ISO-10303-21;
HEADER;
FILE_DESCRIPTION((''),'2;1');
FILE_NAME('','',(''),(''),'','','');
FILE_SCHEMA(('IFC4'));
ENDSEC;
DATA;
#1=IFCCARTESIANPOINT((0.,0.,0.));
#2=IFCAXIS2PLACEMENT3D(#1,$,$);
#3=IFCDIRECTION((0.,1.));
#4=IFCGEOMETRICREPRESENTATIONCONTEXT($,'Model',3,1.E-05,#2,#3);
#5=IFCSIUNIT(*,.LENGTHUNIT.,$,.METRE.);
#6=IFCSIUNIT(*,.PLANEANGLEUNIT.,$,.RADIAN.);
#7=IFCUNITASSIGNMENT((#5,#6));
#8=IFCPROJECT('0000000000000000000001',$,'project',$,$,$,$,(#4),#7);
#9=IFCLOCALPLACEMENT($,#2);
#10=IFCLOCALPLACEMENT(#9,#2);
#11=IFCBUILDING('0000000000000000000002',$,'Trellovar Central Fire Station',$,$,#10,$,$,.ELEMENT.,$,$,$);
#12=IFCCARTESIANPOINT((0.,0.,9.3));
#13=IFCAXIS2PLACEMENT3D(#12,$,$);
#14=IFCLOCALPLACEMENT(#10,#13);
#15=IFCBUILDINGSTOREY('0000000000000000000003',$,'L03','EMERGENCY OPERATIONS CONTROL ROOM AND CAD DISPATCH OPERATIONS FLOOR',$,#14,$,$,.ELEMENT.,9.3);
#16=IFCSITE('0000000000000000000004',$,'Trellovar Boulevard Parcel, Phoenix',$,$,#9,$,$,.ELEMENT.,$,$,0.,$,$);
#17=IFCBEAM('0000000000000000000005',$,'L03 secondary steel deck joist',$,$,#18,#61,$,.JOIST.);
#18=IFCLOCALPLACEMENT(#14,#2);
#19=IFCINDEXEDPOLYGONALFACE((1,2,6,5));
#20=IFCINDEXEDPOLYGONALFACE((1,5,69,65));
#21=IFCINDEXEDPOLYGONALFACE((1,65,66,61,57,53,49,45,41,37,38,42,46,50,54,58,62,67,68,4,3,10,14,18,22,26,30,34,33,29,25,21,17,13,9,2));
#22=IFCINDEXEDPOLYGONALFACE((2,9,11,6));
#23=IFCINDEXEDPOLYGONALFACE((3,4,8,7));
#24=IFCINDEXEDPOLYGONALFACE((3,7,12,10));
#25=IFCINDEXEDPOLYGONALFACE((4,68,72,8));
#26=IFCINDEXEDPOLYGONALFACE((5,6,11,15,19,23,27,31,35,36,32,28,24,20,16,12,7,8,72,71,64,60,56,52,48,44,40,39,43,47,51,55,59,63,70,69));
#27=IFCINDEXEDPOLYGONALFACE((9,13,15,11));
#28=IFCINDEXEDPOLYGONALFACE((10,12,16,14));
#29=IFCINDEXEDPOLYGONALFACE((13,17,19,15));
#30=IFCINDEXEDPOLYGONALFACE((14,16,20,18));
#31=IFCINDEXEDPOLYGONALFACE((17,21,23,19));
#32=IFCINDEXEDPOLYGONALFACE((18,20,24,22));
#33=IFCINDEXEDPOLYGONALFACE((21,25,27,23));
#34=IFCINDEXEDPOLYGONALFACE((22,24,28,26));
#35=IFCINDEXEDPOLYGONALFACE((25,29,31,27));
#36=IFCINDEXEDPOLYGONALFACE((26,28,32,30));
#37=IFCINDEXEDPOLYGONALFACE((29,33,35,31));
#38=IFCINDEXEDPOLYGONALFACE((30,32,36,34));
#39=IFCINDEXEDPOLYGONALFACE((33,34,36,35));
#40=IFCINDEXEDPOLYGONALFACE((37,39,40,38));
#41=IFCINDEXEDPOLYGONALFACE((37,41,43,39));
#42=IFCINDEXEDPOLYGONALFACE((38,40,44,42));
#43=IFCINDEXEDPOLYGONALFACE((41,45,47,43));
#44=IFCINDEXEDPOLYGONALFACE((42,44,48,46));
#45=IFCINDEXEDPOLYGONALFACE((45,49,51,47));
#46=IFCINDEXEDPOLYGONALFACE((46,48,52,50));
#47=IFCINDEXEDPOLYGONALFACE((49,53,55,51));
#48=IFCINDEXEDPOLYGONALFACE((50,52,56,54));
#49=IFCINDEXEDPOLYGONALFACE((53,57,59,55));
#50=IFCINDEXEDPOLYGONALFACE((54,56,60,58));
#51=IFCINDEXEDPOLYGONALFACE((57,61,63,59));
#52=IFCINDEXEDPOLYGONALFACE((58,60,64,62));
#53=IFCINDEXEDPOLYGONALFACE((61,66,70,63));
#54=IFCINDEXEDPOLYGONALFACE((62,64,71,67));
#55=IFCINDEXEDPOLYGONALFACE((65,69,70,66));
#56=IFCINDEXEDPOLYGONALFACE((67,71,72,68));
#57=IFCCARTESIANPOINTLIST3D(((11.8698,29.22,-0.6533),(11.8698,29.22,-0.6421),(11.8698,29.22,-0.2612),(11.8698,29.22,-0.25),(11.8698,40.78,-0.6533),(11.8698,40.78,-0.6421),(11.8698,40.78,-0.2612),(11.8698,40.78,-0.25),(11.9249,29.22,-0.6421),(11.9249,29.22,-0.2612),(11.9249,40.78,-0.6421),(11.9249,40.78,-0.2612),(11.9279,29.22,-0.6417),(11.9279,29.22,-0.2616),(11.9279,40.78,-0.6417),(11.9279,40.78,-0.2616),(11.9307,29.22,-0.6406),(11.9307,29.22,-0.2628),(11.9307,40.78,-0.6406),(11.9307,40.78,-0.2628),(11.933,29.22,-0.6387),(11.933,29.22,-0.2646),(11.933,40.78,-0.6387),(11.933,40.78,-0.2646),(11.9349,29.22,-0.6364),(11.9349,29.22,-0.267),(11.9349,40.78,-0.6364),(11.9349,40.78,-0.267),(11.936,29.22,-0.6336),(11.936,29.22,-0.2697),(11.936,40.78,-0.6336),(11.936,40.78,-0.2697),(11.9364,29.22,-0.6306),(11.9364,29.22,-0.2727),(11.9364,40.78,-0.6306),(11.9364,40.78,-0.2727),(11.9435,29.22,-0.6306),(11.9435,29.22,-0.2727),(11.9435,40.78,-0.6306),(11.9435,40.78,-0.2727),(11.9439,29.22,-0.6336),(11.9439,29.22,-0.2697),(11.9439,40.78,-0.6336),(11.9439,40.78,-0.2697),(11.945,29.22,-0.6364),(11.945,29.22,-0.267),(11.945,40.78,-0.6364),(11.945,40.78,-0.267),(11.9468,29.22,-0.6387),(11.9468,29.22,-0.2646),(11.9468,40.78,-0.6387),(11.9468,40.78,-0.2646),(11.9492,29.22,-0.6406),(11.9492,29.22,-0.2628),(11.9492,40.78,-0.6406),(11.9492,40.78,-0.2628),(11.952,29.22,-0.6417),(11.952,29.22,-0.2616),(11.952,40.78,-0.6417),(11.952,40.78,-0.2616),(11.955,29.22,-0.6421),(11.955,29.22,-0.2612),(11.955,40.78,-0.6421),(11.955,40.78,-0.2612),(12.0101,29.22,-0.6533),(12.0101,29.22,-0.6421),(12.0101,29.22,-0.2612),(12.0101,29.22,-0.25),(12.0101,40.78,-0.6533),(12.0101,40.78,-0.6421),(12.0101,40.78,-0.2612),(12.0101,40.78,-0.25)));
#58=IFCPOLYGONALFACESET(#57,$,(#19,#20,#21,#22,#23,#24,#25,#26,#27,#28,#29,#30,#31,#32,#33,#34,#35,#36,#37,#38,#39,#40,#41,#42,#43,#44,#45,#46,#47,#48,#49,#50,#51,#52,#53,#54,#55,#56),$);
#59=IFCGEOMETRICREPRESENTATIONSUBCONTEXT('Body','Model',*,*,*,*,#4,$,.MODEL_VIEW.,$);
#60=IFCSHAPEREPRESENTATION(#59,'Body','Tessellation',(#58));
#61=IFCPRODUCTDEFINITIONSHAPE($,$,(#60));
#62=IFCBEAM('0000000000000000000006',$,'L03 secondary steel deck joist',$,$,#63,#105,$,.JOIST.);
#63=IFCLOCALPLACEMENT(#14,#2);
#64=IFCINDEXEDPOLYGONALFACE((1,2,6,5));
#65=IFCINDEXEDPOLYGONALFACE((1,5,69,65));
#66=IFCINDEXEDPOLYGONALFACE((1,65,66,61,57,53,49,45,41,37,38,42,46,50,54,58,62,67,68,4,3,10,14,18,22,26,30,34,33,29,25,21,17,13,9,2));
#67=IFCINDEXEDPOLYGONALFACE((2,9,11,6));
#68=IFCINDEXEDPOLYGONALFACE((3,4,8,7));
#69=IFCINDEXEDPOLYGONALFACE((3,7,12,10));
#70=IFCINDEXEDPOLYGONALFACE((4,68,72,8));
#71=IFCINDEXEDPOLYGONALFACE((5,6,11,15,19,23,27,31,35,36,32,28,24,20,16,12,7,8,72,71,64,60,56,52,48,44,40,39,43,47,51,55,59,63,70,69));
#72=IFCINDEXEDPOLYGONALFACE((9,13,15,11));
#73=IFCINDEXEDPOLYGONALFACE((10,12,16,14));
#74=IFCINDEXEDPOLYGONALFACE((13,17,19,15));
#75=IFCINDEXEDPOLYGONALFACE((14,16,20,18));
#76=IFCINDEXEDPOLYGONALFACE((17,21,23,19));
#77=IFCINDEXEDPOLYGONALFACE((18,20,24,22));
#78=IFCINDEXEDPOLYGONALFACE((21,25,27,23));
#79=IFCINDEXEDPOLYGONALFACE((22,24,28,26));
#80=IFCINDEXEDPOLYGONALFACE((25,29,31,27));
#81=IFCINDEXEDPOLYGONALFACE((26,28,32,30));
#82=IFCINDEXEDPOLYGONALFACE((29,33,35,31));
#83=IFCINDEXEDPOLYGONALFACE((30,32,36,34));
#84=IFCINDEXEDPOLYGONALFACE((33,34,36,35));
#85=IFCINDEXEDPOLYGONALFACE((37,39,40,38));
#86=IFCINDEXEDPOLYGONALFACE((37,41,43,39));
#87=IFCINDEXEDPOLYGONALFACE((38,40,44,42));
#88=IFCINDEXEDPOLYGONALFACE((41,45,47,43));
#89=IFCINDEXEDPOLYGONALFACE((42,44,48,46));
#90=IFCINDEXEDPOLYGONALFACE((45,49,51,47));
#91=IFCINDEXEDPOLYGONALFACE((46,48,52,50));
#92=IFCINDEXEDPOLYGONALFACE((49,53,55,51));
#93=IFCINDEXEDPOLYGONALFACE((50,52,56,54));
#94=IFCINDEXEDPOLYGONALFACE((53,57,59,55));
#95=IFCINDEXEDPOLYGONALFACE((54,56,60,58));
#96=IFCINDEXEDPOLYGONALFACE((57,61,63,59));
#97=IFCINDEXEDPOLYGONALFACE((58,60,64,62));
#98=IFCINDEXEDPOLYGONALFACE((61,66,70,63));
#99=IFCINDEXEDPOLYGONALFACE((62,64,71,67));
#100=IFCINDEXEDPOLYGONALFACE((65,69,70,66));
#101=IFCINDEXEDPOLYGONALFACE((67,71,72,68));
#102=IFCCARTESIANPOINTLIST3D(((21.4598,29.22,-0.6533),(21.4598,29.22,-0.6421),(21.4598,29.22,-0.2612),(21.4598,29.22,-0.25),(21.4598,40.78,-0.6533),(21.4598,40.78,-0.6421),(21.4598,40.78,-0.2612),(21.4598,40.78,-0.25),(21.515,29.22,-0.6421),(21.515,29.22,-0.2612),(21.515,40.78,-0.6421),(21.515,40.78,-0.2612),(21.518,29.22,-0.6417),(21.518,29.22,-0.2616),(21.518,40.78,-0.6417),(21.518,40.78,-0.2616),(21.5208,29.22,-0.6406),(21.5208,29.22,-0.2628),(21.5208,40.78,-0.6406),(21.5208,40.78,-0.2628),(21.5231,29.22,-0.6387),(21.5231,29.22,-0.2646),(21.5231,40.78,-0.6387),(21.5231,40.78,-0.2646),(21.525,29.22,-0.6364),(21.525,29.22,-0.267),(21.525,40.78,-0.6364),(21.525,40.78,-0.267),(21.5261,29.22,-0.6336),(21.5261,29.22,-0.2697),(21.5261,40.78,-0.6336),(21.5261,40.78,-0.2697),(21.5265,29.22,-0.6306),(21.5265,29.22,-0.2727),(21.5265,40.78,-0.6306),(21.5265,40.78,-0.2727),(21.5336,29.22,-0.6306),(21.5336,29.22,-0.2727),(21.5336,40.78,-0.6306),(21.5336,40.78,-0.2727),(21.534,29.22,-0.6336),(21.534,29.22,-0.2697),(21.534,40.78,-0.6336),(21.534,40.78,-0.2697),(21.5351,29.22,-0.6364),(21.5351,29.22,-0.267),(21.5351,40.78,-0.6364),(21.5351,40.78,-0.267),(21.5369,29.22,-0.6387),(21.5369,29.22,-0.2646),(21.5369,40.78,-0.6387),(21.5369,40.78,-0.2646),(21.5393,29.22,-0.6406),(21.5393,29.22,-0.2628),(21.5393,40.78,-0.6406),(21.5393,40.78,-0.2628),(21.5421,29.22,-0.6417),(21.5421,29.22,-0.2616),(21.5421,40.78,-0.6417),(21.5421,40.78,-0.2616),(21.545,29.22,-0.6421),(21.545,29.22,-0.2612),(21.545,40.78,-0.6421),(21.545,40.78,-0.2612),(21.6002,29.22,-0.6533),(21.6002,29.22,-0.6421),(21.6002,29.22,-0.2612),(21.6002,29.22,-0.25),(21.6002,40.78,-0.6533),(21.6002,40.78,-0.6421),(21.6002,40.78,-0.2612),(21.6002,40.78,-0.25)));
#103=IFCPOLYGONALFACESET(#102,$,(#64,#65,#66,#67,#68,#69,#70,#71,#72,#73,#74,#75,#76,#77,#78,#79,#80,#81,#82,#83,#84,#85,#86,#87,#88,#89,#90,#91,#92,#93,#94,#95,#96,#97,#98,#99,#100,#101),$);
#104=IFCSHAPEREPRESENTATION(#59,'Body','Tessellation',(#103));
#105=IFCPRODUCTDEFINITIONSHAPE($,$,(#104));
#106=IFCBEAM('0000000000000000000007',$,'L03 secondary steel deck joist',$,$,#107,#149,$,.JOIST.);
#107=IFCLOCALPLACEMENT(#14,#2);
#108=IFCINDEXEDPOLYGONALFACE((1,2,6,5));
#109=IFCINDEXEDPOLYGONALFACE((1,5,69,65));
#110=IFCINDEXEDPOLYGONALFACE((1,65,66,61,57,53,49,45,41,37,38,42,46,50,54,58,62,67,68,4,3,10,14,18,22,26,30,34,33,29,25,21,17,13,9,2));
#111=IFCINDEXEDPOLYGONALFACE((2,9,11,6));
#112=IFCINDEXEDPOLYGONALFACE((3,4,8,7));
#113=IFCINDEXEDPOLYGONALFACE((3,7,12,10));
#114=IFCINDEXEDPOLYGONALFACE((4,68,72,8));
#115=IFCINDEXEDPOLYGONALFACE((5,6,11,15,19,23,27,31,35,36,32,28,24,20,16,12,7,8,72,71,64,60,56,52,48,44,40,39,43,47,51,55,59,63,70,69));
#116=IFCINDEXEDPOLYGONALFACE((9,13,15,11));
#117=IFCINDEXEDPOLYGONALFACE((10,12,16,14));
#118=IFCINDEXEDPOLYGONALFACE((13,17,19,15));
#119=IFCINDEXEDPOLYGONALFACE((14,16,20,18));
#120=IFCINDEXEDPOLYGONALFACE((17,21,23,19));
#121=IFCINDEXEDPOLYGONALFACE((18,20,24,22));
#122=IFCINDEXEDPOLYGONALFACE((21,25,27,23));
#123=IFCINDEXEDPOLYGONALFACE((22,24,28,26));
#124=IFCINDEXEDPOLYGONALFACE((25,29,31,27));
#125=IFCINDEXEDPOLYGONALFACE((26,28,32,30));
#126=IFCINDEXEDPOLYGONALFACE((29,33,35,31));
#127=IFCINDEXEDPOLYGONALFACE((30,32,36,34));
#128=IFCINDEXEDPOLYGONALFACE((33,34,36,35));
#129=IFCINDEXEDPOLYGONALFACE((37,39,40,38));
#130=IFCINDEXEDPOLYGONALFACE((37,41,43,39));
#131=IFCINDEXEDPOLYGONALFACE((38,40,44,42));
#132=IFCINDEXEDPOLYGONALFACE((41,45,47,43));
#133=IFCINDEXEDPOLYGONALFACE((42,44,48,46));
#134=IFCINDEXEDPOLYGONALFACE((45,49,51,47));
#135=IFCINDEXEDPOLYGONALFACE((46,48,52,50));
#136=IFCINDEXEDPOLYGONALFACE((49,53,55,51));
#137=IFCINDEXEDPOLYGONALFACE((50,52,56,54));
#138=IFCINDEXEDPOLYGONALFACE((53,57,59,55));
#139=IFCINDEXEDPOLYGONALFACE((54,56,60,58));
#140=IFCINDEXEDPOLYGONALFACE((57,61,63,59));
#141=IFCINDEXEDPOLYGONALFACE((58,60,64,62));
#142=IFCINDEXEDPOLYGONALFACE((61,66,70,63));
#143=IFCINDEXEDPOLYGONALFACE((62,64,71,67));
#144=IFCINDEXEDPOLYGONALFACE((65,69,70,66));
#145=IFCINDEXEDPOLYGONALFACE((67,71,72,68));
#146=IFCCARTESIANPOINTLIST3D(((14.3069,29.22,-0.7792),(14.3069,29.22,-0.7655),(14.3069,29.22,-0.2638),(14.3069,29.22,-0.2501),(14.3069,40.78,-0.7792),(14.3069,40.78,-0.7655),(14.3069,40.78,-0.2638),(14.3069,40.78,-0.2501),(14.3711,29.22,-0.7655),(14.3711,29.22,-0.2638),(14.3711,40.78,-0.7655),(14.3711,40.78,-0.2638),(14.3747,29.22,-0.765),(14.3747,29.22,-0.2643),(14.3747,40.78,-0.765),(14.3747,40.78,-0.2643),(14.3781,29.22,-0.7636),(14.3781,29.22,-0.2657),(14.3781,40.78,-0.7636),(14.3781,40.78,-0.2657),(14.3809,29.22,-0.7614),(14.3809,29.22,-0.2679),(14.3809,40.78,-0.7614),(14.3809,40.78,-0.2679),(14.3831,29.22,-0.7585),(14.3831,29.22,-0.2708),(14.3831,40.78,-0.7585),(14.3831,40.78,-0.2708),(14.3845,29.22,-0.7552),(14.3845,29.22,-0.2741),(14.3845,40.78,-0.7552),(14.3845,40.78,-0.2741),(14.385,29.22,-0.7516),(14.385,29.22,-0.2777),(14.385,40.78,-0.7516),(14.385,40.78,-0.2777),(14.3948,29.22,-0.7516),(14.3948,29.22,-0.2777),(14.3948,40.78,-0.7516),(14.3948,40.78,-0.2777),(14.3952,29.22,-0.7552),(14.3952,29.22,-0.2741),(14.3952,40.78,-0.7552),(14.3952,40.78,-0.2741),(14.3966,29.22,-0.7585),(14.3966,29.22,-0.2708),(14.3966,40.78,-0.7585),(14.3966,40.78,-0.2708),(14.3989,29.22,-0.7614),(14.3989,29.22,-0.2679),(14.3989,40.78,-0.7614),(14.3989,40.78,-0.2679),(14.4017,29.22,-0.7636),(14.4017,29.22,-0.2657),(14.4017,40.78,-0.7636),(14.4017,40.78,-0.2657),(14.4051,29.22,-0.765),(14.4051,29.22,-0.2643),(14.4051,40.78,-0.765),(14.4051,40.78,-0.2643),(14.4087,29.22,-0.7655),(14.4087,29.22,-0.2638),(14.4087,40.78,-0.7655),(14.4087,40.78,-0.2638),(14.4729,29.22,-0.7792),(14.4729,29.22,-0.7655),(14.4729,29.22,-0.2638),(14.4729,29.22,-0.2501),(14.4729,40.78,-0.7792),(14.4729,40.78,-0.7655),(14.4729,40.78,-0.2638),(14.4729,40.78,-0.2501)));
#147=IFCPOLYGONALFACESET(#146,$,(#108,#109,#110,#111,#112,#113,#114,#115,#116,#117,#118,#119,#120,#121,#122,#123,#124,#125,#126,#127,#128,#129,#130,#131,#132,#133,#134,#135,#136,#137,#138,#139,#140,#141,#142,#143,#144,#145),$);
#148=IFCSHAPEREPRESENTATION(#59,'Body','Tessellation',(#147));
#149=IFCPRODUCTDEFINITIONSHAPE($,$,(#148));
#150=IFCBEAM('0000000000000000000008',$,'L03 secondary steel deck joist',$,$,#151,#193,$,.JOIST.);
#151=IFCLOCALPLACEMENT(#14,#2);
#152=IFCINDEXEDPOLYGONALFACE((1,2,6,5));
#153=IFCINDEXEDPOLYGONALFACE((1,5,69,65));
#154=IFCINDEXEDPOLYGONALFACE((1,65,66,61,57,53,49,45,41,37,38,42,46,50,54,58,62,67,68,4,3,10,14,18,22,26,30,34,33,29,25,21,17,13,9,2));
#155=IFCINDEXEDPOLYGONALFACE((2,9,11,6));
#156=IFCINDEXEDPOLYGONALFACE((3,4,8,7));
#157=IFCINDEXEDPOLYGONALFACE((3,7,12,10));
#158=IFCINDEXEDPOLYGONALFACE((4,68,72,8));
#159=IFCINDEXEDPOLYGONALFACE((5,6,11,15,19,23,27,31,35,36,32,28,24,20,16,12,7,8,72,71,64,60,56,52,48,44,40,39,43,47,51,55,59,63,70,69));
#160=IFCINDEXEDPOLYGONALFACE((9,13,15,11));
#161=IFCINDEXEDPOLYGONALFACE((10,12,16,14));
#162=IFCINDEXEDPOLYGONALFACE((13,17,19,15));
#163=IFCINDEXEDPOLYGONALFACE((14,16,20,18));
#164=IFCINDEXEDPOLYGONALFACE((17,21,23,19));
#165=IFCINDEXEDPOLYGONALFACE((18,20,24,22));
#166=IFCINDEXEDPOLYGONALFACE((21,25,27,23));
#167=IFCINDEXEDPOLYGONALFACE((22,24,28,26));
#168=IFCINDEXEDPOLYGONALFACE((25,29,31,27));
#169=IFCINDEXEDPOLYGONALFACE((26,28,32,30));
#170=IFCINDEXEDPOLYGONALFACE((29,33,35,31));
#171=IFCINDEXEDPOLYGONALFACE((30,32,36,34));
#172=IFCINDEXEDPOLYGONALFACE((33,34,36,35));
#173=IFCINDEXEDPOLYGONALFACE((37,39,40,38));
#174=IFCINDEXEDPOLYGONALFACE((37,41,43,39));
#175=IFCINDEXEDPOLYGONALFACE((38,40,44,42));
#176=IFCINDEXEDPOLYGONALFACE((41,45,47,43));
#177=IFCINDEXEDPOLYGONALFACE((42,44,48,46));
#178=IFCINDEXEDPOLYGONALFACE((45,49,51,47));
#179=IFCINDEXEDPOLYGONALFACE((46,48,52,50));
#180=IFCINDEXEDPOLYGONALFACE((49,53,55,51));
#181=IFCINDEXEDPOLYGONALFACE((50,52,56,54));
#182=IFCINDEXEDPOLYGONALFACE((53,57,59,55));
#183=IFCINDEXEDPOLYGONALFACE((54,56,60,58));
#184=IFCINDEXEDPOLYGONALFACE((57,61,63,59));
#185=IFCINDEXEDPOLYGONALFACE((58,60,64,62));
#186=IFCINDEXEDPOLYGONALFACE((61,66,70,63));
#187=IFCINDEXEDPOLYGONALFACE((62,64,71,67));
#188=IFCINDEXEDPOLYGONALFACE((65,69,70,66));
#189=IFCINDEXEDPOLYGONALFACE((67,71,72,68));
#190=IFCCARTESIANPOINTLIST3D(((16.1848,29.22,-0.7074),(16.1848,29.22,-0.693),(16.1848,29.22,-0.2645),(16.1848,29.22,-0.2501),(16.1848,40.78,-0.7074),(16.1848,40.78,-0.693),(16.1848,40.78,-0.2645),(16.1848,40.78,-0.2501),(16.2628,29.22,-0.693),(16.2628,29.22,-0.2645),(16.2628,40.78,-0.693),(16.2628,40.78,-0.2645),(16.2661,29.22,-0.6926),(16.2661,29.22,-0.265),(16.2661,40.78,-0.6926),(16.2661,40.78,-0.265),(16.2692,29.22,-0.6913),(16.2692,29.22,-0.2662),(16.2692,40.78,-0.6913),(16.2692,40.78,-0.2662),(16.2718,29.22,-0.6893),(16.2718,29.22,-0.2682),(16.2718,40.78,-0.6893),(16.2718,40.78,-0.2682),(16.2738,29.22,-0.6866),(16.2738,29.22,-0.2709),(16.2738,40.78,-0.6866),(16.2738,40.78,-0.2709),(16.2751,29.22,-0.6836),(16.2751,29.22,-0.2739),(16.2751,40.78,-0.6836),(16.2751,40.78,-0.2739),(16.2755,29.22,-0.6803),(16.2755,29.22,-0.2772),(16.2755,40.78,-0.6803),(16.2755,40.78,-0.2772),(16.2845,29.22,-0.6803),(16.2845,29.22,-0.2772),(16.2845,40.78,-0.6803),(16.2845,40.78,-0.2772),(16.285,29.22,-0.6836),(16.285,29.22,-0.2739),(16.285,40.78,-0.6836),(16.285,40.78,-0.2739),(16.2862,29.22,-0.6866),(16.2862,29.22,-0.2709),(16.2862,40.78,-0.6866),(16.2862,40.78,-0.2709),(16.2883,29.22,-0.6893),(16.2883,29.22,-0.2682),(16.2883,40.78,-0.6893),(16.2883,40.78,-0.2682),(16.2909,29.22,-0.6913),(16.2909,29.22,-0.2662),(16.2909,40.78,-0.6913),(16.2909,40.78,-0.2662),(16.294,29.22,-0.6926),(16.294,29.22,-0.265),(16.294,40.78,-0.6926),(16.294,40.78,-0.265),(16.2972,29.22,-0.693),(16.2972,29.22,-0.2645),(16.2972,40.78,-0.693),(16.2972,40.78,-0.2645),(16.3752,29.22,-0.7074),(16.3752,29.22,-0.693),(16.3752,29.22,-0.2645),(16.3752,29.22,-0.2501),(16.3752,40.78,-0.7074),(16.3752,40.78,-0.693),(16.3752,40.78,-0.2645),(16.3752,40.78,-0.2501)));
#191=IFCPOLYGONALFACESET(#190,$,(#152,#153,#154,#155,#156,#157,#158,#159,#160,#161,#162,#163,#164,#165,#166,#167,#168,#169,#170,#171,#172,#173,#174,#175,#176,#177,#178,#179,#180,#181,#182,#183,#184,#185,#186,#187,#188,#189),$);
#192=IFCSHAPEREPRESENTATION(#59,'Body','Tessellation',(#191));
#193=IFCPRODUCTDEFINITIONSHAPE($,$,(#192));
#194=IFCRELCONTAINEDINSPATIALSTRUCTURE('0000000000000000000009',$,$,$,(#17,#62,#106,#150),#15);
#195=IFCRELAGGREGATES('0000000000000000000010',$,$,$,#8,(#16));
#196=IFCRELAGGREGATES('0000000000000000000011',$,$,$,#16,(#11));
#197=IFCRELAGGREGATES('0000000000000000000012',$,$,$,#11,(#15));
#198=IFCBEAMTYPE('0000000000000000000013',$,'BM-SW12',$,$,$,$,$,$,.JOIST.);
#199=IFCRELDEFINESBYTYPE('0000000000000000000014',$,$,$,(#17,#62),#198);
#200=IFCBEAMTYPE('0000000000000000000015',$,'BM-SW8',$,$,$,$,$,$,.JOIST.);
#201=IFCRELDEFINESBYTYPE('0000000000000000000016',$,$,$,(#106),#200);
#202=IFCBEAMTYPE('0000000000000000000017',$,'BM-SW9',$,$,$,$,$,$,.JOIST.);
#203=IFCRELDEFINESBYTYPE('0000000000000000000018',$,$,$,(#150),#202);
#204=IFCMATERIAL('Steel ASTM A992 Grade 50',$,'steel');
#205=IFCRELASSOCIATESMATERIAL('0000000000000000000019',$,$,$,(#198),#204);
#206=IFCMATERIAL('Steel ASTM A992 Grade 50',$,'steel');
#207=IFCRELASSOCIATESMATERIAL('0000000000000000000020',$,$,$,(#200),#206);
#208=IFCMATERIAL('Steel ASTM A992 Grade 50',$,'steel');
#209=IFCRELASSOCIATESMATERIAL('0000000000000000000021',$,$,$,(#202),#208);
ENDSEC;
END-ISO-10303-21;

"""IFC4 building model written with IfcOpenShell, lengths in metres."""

from ifc_helpers import new_model, si_unit, direction, frame, origin, origin_2d, place, context, subcontext, project, spatial, i_section, extrude, material, material_profile, profile_set, type_object, element, save


model = new_model("IFC4")

# Units and contexts
model_context = context("Model", 3, precision=1e-05, world=origin(), true_north=direction((0.0, 1.0)))
body_context = subcontext(model_context, "Body", "Model", "MODEL_VIEW")
ifc_project = project(units=[si_unit("LENGTHUNIT", "METRE"), si_unit("PLANEANGLEUNIT", "RADIAN")], contexts=[model_context])

# Site, building, storey
site_placement = place(None, origin())
site = spatial("IfcSite", under=ifc_project, at=site_placement, Name="Trellovar Boulevard Parcel, Phoenix", CompositionType="ELEMENT", RefElevation=0.0)
building_placement = place(site_placement, origin())
building = spatial("IfcBuilding", under=site, at=building_placement, Name="Trellovar Central Fire Station", CompositionType="ELEMENT")
storey_placement = place(building_placement, frame((0.0, 0.0, 9.3)))
storey = spatial("IfcBuildingStorey", under=building, at=storey_placement, Name="L03", Description="EMERGENCY OPERATIONS CONTROL ROOM AND CAD DISPATCH OPERATIONS FLOOR", CompositionType="ELEMENT", Elevation=9.3)

# Beams
ifc_material_1 = material(Name="Steel ASTM A992 Grade 50", Category="steel")
ifc_material_profile_1 = material_profile(ifc_material_1, i_section(OverallWidth=0.1404, OverallDepth=0.4033, WebThickness=0.0071, FlangeThickness=0.0112, FilletRadius=0.0115, at=origin_2d()), Name="W16X31")
ifc_profile_set_1 = profile_set([ifc_material_profile_1], Name="Steel ASTM A992 Grade 50")
beam_type_1 = type_object("IfcBeamType", Name="BM-SW12", PredefinedType="JOIST", material=ifc_profile_set_1)
for number, where, z_axis, x_axis, name in (
    (1, (11.9399, 29.22, -0.4517), (0.0, 1.0, 0.0), (-1.0, 0.0, 0.0), "L03 secondary steel deck joist"),
    (2, (21.53, 29.22, -0.4517), (0.0, 1.0, 0.0), (-1.0, 0.0, 0.0), "L03 secondary steel deck joist"),
):
    element("IfcBeam", number, at=place(storey_placement, frame(where, z_axis=z_axis, x_axis=x_axis)), inside=storey, type_object=beam_type_1, Name=name, PredefinedType="JOIST", context=body_context, shape_type="SweptSolid", body=[
        extrude(i_section(OverallWidth=0.1404, OverallDepth=0.4033, WebThickness=0.0071, FlangeThickness=0.0112, FilletRadius=0.0115, at=origin_2d()), origin(), (0.0, 0.0, 1.0), 11.5601),
    ])
ifc_material_2 = material(Name="Steel ASTM A992 Grade 50", Category="steel")
ifc_material_profile_2 = material_profile(ifc_material_2, i_section(OverallWidth=0.166, OverallDepth=0.5291, WebThickness=0.0098, FlangeThickness=0.0137, FilletRadius=0.0139, at=origin_2d()), Name="W21X50")
ifc_profile_set_2 = profile_set([ifc_material_profile_2], Name="Steel ASTM A992 Grade 50")
beam_type_2 = type_object("IfcBeamType", Name="BM-SW8", PredefinedType="JOIST", material=ifc_profile_set_2)
beam_1_placement = place(storey_placement, frame((14.3899, 29.22, -0.5146), z_axis=(0.0, 1.0, 0.0), x_axis=(-1.0, 0.0, 0.0)))
element("IfcBeam", 3, at=beam_1_placement, inside=storey, type_object=beam_type_2, Name="L03 secondary steel deck joist", PredefinedType="JOIST", context=body_context, shape_type="SweptSolid", body=[
    extrude(i_section(OverallWidth=0.166, OverallDepth=0.5291, WebThickness=0.0098, FlangeThickness=0.0137, FilletRadius=0.0139, at=origin_2d()), origin(), (0.0, 0.0, 1.0), 11.5601),
])
ifc_material_3 = material(Name="Steel ASTM A992 Grade 50", Category="steel")
ifc_material_profile_3 = material_profile(ifc_material_3, i_section(OverallWidth=0.1904, OverallDepth=0.4573, WebThickness=0.009, FlangeThickness=0.0144, FilletRadius=0.0127, at=origin_2d()), Name="W18X50")
ifc_profile_set_3 = profile_set([ifc_material_profile_3], Name="Steel ASTM A992 Grade 50")
beam_type_3 = type_object("IfcBeamType", Name="BM-SW9", PredefinedType="JOIST", material=ifc_profile_set_3)
beam_2_placement = place(storey_placement, frame((16.28, 29.22, -0.4788), z_axis=(0.0, 1.0, 0.0), x_axis=(-1.0, 0.0, 0.0)))
element("IfcBeam", 4, at=beam_2_placement, inside=storey, type_object=beam_type_3, Name="L03 secondary steel deck joist", PredefinedType="JOIST", context=body_context, shape_type="SweptSolid", body=[
    extrude(i_section(OverallWidth=0.1904, OverallDepth=0.4573, WebThickness=0.009, FlangeThickness=0.0144, FilletRadius=0.0127, at=origin_2d()), origin(), (0.0, 0.0, 1.0), 11.5601),
])

save(model, "model.ifc")
